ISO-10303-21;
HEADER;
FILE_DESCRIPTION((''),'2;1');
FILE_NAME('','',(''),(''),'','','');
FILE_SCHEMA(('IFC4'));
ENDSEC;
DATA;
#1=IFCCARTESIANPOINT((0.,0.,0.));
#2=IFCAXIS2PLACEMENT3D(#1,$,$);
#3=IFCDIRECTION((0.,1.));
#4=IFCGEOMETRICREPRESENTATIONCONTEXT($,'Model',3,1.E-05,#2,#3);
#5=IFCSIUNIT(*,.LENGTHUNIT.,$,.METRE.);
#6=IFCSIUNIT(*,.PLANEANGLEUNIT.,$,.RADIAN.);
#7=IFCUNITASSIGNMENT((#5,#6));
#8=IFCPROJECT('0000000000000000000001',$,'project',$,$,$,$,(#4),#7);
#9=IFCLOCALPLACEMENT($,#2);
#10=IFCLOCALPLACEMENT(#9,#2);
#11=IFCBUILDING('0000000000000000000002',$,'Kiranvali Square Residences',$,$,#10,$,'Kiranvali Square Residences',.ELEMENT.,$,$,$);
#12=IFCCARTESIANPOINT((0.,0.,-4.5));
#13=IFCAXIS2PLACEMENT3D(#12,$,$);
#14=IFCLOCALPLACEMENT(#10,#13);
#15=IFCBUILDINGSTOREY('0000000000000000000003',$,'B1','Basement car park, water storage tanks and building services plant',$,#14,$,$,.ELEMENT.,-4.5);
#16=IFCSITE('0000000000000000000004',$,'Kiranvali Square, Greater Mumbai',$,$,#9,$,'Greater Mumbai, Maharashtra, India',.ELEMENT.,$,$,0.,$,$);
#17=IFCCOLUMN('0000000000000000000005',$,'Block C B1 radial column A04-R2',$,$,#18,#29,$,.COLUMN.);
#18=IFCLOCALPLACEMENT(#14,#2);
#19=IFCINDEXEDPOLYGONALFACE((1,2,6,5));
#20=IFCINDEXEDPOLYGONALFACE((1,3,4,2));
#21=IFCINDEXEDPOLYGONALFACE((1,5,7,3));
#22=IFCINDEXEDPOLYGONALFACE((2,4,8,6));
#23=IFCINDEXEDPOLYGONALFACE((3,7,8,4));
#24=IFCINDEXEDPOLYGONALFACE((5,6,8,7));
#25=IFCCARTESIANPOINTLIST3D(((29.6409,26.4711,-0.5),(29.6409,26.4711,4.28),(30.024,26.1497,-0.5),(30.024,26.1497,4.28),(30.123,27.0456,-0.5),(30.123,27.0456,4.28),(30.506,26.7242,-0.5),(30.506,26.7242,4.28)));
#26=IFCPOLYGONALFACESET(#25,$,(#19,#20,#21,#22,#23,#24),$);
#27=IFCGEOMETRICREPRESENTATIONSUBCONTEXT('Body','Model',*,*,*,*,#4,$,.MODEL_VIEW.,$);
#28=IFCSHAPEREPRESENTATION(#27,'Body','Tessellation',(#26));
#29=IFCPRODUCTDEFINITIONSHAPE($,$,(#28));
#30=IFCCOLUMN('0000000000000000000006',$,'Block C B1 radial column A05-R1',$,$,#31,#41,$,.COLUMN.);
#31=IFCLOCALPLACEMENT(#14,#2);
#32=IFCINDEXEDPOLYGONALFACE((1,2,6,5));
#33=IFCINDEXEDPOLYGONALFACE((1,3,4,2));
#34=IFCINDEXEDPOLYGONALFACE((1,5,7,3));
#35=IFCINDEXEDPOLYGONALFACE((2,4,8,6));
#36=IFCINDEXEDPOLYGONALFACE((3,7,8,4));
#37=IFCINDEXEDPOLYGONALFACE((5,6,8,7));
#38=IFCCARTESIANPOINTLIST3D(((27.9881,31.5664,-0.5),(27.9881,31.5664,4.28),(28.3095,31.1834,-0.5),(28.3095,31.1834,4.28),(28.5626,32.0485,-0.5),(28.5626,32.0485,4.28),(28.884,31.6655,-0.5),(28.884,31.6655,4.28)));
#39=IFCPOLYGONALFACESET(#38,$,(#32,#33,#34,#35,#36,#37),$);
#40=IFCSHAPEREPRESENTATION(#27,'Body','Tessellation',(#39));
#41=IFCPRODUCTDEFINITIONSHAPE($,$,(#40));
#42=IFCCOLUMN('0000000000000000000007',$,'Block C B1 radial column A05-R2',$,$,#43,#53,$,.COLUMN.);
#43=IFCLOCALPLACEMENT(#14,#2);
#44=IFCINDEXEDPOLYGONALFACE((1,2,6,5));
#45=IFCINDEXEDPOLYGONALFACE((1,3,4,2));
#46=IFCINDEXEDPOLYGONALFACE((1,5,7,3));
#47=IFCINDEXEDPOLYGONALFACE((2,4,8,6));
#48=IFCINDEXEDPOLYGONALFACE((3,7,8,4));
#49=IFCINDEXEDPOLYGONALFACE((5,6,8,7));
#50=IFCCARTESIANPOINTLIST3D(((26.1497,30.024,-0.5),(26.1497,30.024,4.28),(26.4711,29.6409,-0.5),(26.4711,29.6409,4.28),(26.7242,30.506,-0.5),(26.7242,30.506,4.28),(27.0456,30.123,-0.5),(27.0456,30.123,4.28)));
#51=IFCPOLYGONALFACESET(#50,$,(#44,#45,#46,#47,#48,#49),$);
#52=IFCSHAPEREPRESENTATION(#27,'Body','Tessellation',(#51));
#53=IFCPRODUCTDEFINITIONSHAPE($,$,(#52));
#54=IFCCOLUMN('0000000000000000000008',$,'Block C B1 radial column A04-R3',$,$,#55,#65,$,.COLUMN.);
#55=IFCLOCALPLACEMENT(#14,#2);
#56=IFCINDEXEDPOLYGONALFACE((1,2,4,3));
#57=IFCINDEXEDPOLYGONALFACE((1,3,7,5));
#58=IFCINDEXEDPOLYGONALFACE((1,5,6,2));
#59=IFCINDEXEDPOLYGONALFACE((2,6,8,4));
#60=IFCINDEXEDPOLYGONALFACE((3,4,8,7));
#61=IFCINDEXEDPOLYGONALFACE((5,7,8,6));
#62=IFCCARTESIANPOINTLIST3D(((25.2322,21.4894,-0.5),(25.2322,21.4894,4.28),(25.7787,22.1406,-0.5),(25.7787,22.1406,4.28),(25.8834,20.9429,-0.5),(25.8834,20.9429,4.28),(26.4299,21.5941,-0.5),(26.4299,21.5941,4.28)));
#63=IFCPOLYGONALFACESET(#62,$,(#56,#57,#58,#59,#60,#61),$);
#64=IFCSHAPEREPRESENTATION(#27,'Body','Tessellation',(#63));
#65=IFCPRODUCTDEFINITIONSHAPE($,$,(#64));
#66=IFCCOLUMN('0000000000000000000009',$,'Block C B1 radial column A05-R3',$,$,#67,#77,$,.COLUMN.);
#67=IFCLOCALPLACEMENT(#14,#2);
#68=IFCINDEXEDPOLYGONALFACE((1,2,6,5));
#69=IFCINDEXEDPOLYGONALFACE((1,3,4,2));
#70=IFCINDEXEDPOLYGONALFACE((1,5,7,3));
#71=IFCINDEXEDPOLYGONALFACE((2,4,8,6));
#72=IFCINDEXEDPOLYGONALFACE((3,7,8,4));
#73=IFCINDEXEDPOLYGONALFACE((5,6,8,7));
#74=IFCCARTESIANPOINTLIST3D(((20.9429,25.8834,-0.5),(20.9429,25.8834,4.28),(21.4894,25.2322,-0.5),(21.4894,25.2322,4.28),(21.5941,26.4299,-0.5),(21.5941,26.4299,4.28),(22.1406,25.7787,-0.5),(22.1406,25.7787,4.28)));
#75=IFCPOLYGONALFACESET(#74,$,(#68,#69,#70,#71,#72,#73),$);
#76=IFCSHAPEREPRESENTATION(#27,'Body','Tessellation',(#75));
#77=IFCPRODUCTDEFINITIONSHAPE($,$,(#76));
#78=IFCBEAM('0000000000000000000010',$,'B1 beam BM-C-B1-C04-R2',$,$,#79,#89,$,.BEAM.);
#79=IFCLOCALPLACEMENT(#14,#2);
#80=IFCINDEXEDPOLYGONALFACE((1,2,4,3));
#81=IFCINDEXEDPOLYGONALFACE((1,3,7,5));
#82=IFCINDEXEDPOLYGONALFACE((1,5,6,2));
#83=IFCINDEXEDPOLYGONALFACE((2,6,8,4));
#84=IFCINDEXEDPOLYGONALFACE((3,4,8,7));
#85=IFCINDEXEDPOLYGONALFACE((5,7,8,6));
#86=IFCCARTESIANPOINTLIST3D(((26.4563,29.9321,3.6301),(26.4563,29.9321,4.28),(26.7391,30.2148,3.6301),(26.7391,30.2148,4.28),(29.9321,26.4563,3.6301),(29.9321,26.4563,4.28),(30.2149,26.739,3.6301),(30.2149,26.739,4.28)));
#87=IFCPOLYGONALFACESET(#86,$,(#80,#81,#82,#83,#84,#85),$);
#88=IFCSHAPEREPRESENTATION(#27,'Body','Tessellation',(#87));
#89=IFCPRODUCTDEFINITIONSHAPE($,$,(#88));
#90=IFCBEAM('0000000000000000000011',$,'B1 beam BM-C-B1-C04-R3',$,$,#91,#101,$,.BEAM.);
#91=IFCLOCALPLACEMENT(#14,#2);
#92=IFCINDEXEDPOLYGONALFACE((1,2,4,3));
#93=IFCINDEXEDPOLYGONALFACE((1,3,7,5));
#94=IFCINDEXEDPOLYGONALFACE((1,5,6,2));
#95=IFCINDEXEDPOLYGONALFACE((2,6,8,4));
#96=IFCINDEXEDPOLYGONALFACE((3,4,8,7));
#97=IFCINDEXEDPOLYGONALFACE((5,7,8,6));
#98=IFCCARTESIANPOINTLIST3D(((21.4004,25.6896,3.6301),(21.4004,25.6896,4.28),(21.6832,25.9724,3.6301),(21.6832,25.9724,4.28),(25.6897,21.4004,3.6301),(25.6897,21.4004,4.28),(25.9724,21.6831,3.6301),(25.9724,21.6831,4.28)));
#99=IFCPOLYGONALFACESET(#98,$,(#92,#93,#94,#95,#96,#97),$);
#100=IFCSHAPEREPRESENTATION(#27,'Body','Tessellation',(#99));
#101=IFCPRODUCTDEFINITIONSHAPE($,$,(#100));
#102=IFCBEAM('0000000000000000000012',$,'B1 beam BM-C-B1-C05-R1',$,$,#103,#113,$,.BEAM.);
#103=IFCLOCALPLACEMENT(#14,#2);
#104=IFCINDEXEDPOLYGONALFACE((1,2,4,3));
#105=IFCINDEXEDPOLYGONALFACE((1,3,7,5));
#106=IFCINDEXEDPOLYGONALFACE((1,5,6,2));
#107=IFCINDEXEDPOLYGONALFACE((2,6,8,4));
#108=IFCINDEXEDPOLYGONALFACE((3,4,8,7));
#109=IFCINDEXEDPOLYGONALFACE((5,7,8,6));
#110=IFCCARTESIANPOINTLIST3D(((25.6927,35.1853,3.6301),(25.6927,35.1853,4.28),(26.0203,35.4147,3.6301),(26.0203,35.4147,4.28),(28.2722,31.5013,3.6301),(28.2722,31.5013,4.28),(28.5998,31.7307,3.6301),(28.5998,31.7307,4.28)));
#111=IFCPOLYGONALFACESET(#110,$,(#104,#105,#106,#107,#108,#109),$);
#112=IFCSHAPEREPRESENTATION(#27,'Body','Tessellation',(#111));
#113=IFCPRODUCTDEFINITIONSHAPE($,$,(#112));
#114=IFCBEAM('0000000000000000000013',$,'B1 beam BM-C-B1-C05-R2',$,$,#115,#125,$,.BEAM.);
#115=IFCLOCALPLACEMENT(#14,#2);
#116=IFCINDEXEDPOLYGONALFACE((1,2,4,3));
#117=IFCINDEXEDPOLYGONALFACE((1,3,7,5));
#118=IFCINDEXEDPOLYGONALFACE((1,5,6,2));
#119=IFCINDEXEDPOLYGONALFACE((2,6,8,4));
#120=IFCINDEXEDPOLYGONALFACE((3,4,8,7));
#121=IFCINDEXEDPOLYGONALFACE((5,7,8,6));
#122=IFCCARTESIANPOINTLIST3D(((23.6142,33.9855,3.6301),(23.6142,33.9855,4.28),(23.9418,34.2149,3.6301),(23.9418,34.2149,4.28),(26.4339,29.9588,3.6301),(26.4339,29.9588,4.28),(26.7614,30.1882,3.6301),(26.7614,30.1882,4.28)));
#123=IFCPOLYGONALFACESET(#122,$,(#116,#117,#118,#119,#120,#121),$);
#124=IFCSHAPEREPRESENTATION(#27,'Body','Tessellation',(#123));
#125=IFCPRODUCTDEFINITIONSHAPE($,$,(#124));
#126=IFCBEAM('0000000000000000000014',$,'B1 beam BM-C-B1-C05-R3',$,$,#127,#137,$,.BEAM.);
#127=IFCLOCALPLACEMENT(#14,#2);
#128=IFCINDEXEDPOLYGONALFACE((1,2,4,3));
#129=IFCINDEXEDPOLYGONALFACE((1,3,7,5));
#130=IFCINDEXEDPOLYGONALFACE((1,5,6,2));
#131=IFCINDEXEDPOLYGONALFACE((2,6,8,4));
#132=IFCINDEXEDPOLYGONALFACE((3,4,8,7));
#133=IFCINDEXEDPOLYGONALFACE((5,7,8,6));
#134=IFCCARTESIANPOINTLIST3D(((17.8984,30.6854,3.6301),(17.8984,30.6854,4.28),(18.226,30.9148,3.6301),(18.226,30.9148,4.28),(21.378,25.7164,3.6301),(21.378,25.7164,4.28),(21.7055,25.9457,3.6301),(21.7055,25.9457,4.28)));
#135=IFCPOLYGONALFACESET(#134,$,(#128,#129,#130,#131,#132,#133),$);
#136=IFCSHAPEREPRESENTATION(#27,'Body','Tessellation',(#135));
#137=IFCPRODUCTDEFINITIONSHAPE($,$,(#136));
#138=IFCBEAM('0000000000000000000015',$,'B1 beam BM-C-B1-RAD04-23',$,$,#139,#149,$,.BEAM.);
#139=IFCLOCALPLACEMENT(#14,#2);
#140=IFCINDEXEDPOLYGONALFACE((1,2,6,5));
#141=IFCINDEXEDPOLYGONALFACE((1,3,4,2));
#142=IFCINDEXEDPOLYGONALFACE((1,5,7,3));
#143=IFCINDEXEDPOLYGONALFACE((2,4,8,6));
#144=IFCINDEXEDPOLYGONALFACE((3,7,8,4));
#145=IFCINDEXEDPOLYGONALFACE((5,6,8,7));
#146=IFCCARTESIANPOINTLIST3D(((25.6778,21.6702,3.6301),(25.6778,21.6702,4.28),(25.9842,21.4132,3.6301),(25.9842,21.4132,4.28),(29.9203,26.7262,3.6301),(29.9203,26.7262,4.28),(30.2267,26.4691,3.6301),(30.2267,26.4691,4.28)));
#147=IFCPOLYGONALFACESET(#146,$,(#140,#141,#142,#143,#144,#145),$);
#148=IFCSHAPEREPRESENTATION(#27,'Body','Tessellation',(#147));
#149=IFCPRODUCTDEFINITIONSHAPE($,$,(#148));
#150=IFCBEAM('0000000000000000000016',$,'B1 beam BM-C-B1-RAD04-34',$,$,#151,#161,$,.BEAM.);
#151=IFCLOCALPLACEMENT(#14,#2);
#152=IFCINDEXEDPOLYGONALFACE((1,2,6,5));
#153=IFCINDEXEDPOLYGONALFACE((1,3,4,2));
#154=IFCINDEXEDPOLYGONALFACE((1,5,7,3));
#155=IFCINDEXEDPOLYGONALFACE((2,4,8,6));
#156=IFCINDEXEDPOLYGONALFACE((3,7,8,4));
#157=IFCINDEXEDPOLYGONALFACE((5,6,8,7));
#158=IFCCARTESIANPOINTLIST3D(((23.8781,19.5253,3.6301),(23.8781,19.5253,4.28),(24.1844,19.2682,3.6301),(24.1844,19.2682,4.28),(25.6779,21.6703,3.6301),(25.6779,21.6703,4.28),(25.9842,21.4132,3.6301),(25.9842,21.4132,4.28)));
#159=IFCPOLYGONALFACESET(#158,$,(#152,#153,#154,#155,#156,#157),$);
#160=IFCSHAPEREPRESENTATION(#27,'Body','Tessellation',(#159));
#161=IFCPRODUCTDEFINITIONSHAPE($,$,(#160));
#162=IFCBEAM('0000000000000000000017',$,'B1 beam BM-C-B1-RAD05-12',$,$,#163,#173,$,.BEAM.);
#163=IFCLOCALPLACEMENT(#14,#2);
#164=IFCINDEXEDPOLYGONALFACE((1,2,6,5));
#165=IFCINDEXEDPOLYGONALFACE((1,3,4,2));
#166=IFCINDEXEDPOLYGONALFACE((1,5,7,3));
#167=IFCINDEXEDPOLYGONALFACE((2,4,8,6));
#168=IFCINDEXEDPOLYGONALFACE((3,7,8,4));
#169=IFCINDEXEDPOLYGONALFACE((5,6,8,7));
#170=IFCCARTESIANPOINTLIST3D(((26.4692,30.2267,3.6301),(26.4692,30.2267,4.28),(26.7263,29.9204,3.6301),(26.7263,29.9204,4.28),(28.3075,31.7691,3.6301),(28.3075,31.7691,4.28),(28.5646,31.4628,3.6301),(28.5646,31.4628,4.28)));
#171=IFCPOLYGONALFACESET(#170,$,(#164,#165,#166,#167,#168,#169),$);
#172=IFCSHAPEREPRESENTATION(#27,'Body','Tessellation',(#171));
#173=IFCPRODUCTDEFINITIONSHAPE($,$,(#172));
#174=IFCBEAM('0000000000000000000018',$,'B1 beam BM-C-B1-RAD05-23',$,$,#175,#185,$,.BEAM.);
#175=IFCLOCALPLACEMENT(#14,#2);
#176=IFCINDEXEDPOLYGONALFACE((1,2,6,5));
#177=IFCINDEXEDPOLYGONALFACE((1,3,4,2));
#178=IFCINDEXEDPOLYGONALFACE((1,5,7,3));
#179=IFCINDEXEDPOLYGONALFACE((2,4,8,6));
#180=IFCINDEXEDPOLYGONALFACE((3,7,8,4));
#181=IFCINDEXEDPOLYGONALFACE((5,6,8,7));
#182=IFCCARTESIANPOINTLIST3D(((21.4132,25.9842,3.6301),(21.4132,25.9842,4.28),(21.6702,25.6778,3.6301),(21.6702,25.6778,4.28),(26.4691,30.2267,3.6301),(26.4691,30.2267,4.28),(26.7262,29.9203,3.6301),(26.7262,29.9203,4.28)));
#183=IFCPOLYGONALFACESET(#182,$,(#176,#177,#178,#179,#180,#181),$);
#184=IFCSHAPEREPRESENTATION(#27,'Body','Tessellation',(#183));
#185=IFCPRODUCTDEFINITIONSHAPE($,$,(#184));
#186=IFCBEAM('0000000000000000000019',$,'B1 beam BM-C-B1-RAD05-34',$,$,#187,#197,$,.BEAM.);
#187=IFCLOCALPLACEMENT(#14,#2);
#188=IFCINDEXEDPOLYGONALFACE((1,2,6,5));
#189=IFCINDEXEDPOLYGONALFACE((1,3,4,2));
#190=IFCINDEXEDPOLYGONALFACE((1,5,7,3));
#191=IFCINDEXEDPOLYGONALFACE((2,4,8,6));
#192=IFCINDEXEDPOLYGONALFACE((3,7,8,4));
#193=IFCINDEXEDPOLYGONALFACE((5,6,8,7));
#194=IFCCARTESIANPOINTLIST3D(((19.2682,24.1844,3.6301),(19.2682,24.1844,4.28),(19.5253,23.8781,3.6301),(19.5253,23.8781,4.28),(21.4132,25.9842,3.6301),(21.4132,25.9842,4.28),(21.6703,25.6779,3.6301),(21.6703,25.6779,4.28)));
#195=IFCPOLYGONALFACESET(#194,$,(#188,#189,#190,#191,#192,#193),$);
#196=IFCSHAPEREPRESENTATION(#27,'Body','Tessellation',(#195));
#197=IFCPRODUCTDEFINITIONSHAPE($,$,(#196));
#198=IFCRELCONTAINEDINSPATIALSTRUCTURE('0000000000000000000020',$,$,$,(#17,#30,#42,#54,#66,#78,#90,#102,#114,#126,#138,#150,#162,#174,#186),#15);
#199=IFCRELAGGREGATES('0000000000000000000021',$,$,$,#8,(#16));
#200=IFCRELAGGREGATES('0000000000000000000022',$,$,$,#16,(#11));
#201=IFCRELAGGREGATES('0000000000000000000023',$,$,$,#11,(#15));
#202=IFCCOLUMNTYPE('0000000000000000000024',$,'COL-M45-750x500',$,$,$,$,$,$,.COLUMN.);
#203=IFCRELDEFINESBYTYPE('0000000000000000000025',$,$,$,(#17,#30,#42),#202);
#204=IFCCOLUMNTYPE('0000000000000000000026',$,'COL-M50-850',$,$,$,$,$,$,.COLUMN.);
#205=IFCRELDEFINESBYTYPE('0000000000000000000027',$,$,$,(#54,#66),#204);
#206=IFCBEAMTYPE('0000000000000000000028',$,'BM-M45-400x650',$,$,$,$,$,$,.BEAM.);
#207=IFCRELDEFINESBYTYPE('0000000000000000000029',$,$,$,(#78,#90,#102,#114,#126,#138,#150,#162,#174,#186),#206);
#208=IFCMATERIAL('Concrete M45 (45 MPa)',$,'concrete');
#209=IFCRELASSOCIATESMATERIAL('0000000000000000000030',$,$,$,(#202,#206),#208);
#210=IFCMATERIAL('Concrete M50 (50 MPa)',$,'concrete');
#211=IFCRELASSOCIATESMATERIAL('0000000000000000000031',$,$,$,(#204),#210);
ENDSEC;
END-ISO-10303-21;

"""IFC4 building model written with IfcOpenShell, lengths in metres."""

from ifc_helpers import new_model, si_unit, direction, frame, origin, origin_2d, place, context, subcontext, project, spatial, rectangle, extrude, material, material_profile, profile_set, type_object, element, save


model = new_model("IFC4")

# Units and contexts
model_context = context("Model", 3, precision=1e-05, world=origin(), true_north=direction((0.0, 1.0)))
body_context = subcontext(model_context, "Body", "Model", "MODEL_VIEW")
ifc_project = project(units=[si_unit("LENGTHUNIT", "METRE"), si_unit("PLANEANGLEUNIT", "RADIAN")], contexts=[model_context])

# Site, building, storey
site_placement = place(None, origin())
site = spatial("IfcSite", under=ifc_project, at=site_placement, Name="Kiranvali Square, Greater Mumbai", LongName="Greater Mumbai, Maharashtra, India", CompositionType="ELEMENT", RefElevation=0.0)
building_placement = place(site_placement, origin())
building = spatial("IfcBuilding", under=site, at=building_placement, Name="Kiranvali Square Residences", LongName="Kiranvali Square Residences", CompositionType="ELEMENT")
storey_placement = place(building_placement, frame((0.0, 0.0, -4.5)))
storey = spatial("IfcBuildingStorey", under=building, at=storey_placement, Name="B1", Description="Basement car park, water storage tanks and building services plant", CompositionType="ELEMENT", Elevation=-4.5)

# Columns
ifc_material_1 = material(Name="Concrete M45 (45 MPa)", Category="concrete")
ifc_material_profile_1 = material_profile(ifc_material_1, rectangle(XDim=0.5, YDim=0.75, at=origin_2d()), Name="RC 750x500")
ifc_profile_set_1 = profile_set([ifc_material_profile_1], Name="Concrete M45 (45 MPa)")
column_type_1 = type_object("IfcColumnType", Name="COL-M45-750x500", PredefinedType="COLUMN", material=ifc_profile_set_1)
for number, where, z_axis, x_axis, name in (
    (1, (30.0735, 26.5977, -0.5), (0.0, 0.0, 1.0), (-0.766044, 0.642788, 0.0), "Block C B1 radial column A04-R2"),
    (2, (28.436, 31.616, -0.5), (0.0, 0.0, 1.0), (-0.642788, 0.766044, 0.0), "Block C B1 radial column A05-R1"),
    (3, (26.5977, 30.0735, -0.5), (0.0, 0.0, 1.0), (-0.642788, 0.766044, 0.0), "Block C B1 radial column A05-R2"),
):
    element("IfcColumn", number, at=place(storey_placement, frame(where, z_axis=z_axis, x_axis=x_axis)), inside=storey, type_object=column_type_1, Name=name, PredefinedType="COLUMN", context=body_context, shape_type="SweptSolid", body=[
        extrude(rectangle(XDim=0.5, YDim=0.75, at=origin_2d()), origin(), (0.0, 0.0, 1.0), 4.78),
    ])
ifc_material_2 = material(Name="Concrete M50 (50 MPa)", Category="concrete")
ifc_material_profile_2 = material_profile(ifc_material_2, rectangle(XDim=0.8501, YDim=0.8501, at=origin_2d()), Name="RC 850x850")
ifc_profile_set_2 = profile_set([ifc_material_profile_2], Name="Concrete M50 (50 MPa)")
column_type_2 = type_object("IfcColumnType", Name="COL-M50-850", PredefinedType="COLUMN", material=ifc_profile_set_2)
for number, where, z_axis, x_axis, name in (
    (4, (25.8311, 21.5417, -0.5), (0.0, 0.0, 1.0), (-0.766044, 0.642788, 0.0), "Block C B1 radial column A04-R3"),
    (5, (21.5417, 25.8311, -0.5), (0.0, 0.0, 1.0), (-0.642788, 0.766044, 0.0), "Block C B1 radial column A05-R3"),
):
    element("IfcColumn", number, at=place(storey_placement, frame(where, z_axis=z_axis, x_axis=x_axis)), inside=storey, type_object=column_type_2, Name=name, PredefinedType="COLUMN", context=body_context, shape_type="SweptSolid", body=[
        extrude(rectangle(XDim=0.8501, YDim=0.8501, at=origin_2d()), origin(), (0.0, 0.0, 1.0), 4.78),
    ])

# Beams
ifc_material_profile_3 = material_profile(ifc_material_1, rectangle(XDim=0.3999, YDim=0.6499, at=origin_2d()), Name="RC 400x650")
ifc_profile_set_3 = profile_set([ifc_material_profile_3], Name="Concrete M45 (45 MPa)")
beam_type = type_object("IfcBeamType", Name="BM-M45-400x650", PredefinedType="BEAM", material=ifc_profile_set_3)
beam_1_placement = place(storey_placement, frame((30.0735, 26.5977, 3.9551), z_axis=(-0.707107, 0.707107, 0.0), x_axis=(-0.707107, -0.707107, 0.0)))
element("IfcBeam", 6, at=beam_1_placement, inside=storey, type_object=beam_type, Name="B1 beam BM-C-B1-C04-R2", PredefinedType="BEAM", context=body_context, shape_type="SweptSolid", body=[
    extrude(rectangle(XDim=0.3999, YDim=0.6499, at=origin_2d()), origin(), (0.0, 0.0, 1.0), 4.9155),
])
beam_2_placement = place(storey_placement, frame((25.8311, 21.5417, 3.9551), z_axis=(-0.707107, 0.707107, 0.0), x_axis=(-0.707107, -0.707107, 0.0)))
element("IfcBeam", 7, at=beam_2_placement, inside=storey, type_object=beam_type, Name="B1 beam BM-C-B1-C04-R3", PredefinedType="BEAM", context=body_context, shape_type="SweptSolid", body=[
    extrude(rectangle(XDim=0.3999, YDim=0.6499, at=origin_2d()), origin(), (0.0, 0.0, 1.0), 6.0659),
])
beam_3_placement = place(storey_placement, frame((28.436, 31.616, 3.9551), z_axis=(-0.573572, 0.819155, 0.0), x_axis=(-0.819155, -0.573572, 0.0)))
element("IfcBeam", 8, at=beam_3_placement, inside=storey, type_object=beam_type, Name="B1 beam BM-C-B1-C05-R1", PredefinedType="BEAM", context=body_context, shape_type="SweptSolid", body=[
    extrude(rectangle(XDim=0.3999, YDim=0.6499, at=origin_2d()), origin(), (0.0, 0.0, 1.0), 4.4973),
])
beam_4_placement = place(storey_placement, frame((26.5977, 30.0735, 3.9551), z_axis=(-0.573592, 0.819141, 0.0), x_axis=(-0.819141, -0.573592, 0.0)))
element("IfcBeam", 9, at=beam_4_placement, inside=storey, type_object=beam_type, Name="B1 beam BM-C-B1-C05-R2", PredefinedType="BEAM", context=body_context, shape_type="SweptSolid", body=[
    extrude(rectangle(XDim=0.3999, YDim=0.6499, at=origin_2d()), origin(), (0.0, 0.0, 1.0), 4.9158),
])
beam_5_placement = place(storey_placement, frame((21.5417, 25.8311, 3.9551), z_axis=(-0.573595, 0.819139, 0.0), x_axis=(-0.819139, -0.573595, 0.0)))
element("IfcBeam", 10, at=beam_5_placement, inside=storey, type_object=beam_type, Name="B1 beam BM-C-B1-C05-R3", PredefinedType="BEAM", context=body_context, shape_type="SweptSolid", body=[
    extrude(rectangle(XDim=0.3999, YDim=0.6499, at=origin_2d()), origin(), (0.0, 0.0, 1.0), 6.0662),
])
beam_6_placement = place(storey_placement, frame((30.0735, 26.5977, 3.9551), z_axis=(-0.642789, -0.766043, 0.0), x_axis=(0.766043, -0.642789, 0.0)))
element("IfcBeam", 11, at=beam_6_placement, inside=storey, type_object=beam_type, Name="B1 beam BM-C-B1-RAD04-23", PredefinedType="BEAM", context=body_context, shape_type="SweptSolid", body=[
    extrude(rectangle(XDim=0.3999, YDim=0.6499, at=origin_2d()), origin(), (0.0, 0.0, 1.0), 6.6001),
])
beam_7_placement = place(storey_placement, frame((25.8311, 21.5417, 3.9551), z_axis=(-0.642771, -0.766059, 0.0), x_axis=(0.766059, -0.642771, 0.0)))
element("IfcBeam", 12, at=beam_7_placement, inside=storey, type_object=beam_type, Name="B1 beam BM-C-B1-RAD04-34", PredefinedType="BEAM", context=body_context, shape_type="SweptSolid", body=[
    extrude(rectangle(XDim=0.3999, YDim=0.6499, at=origin_2d()), origin(), (0.0, 0.0, 1.0), 2.8),
])
beam_8_placement = place(storey_placement, frame((28.436, 31.616, 3.9551), z_axis=(-0.766065, -0.642763, 0.0), x_axis=(0.642763, -0.766065, 0.0)))
element("IfcBeam", 13, at=beam_8_placement, inside=storey, type_object=beam_type, Name="B1 beam BM-C-B1-RAD05-12", PredefinedType="BEAM", context=body_context, shape_type="SweptSolid", body=[
    extrude(rectangle(XDim=0.3999, YDim=0.6499, at=origin_2d()), origin(), (0.0, 0.0, 1.0), 2.3997),
])
beam_9_placement = place(storey_placement, frame((26.5977, 30.0735, 3.9551), z_axis=(-0.766043, -0.642789, 0.0), x_axis=(0.642789, -0.766043, 0.0)))
element("IfcBeam", 14, at=beam_9_placement, inside=storey, type_object=beam_type, Name="B1 beam BM-C-B1-RAD05-23", PredefinedType="BEAM", context=body_context, shape_type="SweptSolid", body=[
    extrude(rectangle(XDim=0.3999, YDim=0.6499, at=origin_2d()), origin(), (0.0, 0.0, 1.0), 6.6001),
])
beam_10_placement = place(storey_placement, frame((21.5417, 25.8311, 3.9551), z_axis=(-0.766059, -0.642771, 0.0), x_axis=(0.642771, -0.766059, 0.0)))
element("IfcBeam", 15, at=beam_10_placement, inside=storey, type_object=beam_type, Name="B1 beam BM-C-B1-RAD05-34", PredefinedType="BEAM", context=body_context, shape_type="SweptSolid", body=[
    extrude(rectangle(XDim=0.3999, YDim=0.6499, at=origin_2d()), origin(), (0.0, 0.0, 1.0), 2.8),
])

save(model, "model.ifc")
